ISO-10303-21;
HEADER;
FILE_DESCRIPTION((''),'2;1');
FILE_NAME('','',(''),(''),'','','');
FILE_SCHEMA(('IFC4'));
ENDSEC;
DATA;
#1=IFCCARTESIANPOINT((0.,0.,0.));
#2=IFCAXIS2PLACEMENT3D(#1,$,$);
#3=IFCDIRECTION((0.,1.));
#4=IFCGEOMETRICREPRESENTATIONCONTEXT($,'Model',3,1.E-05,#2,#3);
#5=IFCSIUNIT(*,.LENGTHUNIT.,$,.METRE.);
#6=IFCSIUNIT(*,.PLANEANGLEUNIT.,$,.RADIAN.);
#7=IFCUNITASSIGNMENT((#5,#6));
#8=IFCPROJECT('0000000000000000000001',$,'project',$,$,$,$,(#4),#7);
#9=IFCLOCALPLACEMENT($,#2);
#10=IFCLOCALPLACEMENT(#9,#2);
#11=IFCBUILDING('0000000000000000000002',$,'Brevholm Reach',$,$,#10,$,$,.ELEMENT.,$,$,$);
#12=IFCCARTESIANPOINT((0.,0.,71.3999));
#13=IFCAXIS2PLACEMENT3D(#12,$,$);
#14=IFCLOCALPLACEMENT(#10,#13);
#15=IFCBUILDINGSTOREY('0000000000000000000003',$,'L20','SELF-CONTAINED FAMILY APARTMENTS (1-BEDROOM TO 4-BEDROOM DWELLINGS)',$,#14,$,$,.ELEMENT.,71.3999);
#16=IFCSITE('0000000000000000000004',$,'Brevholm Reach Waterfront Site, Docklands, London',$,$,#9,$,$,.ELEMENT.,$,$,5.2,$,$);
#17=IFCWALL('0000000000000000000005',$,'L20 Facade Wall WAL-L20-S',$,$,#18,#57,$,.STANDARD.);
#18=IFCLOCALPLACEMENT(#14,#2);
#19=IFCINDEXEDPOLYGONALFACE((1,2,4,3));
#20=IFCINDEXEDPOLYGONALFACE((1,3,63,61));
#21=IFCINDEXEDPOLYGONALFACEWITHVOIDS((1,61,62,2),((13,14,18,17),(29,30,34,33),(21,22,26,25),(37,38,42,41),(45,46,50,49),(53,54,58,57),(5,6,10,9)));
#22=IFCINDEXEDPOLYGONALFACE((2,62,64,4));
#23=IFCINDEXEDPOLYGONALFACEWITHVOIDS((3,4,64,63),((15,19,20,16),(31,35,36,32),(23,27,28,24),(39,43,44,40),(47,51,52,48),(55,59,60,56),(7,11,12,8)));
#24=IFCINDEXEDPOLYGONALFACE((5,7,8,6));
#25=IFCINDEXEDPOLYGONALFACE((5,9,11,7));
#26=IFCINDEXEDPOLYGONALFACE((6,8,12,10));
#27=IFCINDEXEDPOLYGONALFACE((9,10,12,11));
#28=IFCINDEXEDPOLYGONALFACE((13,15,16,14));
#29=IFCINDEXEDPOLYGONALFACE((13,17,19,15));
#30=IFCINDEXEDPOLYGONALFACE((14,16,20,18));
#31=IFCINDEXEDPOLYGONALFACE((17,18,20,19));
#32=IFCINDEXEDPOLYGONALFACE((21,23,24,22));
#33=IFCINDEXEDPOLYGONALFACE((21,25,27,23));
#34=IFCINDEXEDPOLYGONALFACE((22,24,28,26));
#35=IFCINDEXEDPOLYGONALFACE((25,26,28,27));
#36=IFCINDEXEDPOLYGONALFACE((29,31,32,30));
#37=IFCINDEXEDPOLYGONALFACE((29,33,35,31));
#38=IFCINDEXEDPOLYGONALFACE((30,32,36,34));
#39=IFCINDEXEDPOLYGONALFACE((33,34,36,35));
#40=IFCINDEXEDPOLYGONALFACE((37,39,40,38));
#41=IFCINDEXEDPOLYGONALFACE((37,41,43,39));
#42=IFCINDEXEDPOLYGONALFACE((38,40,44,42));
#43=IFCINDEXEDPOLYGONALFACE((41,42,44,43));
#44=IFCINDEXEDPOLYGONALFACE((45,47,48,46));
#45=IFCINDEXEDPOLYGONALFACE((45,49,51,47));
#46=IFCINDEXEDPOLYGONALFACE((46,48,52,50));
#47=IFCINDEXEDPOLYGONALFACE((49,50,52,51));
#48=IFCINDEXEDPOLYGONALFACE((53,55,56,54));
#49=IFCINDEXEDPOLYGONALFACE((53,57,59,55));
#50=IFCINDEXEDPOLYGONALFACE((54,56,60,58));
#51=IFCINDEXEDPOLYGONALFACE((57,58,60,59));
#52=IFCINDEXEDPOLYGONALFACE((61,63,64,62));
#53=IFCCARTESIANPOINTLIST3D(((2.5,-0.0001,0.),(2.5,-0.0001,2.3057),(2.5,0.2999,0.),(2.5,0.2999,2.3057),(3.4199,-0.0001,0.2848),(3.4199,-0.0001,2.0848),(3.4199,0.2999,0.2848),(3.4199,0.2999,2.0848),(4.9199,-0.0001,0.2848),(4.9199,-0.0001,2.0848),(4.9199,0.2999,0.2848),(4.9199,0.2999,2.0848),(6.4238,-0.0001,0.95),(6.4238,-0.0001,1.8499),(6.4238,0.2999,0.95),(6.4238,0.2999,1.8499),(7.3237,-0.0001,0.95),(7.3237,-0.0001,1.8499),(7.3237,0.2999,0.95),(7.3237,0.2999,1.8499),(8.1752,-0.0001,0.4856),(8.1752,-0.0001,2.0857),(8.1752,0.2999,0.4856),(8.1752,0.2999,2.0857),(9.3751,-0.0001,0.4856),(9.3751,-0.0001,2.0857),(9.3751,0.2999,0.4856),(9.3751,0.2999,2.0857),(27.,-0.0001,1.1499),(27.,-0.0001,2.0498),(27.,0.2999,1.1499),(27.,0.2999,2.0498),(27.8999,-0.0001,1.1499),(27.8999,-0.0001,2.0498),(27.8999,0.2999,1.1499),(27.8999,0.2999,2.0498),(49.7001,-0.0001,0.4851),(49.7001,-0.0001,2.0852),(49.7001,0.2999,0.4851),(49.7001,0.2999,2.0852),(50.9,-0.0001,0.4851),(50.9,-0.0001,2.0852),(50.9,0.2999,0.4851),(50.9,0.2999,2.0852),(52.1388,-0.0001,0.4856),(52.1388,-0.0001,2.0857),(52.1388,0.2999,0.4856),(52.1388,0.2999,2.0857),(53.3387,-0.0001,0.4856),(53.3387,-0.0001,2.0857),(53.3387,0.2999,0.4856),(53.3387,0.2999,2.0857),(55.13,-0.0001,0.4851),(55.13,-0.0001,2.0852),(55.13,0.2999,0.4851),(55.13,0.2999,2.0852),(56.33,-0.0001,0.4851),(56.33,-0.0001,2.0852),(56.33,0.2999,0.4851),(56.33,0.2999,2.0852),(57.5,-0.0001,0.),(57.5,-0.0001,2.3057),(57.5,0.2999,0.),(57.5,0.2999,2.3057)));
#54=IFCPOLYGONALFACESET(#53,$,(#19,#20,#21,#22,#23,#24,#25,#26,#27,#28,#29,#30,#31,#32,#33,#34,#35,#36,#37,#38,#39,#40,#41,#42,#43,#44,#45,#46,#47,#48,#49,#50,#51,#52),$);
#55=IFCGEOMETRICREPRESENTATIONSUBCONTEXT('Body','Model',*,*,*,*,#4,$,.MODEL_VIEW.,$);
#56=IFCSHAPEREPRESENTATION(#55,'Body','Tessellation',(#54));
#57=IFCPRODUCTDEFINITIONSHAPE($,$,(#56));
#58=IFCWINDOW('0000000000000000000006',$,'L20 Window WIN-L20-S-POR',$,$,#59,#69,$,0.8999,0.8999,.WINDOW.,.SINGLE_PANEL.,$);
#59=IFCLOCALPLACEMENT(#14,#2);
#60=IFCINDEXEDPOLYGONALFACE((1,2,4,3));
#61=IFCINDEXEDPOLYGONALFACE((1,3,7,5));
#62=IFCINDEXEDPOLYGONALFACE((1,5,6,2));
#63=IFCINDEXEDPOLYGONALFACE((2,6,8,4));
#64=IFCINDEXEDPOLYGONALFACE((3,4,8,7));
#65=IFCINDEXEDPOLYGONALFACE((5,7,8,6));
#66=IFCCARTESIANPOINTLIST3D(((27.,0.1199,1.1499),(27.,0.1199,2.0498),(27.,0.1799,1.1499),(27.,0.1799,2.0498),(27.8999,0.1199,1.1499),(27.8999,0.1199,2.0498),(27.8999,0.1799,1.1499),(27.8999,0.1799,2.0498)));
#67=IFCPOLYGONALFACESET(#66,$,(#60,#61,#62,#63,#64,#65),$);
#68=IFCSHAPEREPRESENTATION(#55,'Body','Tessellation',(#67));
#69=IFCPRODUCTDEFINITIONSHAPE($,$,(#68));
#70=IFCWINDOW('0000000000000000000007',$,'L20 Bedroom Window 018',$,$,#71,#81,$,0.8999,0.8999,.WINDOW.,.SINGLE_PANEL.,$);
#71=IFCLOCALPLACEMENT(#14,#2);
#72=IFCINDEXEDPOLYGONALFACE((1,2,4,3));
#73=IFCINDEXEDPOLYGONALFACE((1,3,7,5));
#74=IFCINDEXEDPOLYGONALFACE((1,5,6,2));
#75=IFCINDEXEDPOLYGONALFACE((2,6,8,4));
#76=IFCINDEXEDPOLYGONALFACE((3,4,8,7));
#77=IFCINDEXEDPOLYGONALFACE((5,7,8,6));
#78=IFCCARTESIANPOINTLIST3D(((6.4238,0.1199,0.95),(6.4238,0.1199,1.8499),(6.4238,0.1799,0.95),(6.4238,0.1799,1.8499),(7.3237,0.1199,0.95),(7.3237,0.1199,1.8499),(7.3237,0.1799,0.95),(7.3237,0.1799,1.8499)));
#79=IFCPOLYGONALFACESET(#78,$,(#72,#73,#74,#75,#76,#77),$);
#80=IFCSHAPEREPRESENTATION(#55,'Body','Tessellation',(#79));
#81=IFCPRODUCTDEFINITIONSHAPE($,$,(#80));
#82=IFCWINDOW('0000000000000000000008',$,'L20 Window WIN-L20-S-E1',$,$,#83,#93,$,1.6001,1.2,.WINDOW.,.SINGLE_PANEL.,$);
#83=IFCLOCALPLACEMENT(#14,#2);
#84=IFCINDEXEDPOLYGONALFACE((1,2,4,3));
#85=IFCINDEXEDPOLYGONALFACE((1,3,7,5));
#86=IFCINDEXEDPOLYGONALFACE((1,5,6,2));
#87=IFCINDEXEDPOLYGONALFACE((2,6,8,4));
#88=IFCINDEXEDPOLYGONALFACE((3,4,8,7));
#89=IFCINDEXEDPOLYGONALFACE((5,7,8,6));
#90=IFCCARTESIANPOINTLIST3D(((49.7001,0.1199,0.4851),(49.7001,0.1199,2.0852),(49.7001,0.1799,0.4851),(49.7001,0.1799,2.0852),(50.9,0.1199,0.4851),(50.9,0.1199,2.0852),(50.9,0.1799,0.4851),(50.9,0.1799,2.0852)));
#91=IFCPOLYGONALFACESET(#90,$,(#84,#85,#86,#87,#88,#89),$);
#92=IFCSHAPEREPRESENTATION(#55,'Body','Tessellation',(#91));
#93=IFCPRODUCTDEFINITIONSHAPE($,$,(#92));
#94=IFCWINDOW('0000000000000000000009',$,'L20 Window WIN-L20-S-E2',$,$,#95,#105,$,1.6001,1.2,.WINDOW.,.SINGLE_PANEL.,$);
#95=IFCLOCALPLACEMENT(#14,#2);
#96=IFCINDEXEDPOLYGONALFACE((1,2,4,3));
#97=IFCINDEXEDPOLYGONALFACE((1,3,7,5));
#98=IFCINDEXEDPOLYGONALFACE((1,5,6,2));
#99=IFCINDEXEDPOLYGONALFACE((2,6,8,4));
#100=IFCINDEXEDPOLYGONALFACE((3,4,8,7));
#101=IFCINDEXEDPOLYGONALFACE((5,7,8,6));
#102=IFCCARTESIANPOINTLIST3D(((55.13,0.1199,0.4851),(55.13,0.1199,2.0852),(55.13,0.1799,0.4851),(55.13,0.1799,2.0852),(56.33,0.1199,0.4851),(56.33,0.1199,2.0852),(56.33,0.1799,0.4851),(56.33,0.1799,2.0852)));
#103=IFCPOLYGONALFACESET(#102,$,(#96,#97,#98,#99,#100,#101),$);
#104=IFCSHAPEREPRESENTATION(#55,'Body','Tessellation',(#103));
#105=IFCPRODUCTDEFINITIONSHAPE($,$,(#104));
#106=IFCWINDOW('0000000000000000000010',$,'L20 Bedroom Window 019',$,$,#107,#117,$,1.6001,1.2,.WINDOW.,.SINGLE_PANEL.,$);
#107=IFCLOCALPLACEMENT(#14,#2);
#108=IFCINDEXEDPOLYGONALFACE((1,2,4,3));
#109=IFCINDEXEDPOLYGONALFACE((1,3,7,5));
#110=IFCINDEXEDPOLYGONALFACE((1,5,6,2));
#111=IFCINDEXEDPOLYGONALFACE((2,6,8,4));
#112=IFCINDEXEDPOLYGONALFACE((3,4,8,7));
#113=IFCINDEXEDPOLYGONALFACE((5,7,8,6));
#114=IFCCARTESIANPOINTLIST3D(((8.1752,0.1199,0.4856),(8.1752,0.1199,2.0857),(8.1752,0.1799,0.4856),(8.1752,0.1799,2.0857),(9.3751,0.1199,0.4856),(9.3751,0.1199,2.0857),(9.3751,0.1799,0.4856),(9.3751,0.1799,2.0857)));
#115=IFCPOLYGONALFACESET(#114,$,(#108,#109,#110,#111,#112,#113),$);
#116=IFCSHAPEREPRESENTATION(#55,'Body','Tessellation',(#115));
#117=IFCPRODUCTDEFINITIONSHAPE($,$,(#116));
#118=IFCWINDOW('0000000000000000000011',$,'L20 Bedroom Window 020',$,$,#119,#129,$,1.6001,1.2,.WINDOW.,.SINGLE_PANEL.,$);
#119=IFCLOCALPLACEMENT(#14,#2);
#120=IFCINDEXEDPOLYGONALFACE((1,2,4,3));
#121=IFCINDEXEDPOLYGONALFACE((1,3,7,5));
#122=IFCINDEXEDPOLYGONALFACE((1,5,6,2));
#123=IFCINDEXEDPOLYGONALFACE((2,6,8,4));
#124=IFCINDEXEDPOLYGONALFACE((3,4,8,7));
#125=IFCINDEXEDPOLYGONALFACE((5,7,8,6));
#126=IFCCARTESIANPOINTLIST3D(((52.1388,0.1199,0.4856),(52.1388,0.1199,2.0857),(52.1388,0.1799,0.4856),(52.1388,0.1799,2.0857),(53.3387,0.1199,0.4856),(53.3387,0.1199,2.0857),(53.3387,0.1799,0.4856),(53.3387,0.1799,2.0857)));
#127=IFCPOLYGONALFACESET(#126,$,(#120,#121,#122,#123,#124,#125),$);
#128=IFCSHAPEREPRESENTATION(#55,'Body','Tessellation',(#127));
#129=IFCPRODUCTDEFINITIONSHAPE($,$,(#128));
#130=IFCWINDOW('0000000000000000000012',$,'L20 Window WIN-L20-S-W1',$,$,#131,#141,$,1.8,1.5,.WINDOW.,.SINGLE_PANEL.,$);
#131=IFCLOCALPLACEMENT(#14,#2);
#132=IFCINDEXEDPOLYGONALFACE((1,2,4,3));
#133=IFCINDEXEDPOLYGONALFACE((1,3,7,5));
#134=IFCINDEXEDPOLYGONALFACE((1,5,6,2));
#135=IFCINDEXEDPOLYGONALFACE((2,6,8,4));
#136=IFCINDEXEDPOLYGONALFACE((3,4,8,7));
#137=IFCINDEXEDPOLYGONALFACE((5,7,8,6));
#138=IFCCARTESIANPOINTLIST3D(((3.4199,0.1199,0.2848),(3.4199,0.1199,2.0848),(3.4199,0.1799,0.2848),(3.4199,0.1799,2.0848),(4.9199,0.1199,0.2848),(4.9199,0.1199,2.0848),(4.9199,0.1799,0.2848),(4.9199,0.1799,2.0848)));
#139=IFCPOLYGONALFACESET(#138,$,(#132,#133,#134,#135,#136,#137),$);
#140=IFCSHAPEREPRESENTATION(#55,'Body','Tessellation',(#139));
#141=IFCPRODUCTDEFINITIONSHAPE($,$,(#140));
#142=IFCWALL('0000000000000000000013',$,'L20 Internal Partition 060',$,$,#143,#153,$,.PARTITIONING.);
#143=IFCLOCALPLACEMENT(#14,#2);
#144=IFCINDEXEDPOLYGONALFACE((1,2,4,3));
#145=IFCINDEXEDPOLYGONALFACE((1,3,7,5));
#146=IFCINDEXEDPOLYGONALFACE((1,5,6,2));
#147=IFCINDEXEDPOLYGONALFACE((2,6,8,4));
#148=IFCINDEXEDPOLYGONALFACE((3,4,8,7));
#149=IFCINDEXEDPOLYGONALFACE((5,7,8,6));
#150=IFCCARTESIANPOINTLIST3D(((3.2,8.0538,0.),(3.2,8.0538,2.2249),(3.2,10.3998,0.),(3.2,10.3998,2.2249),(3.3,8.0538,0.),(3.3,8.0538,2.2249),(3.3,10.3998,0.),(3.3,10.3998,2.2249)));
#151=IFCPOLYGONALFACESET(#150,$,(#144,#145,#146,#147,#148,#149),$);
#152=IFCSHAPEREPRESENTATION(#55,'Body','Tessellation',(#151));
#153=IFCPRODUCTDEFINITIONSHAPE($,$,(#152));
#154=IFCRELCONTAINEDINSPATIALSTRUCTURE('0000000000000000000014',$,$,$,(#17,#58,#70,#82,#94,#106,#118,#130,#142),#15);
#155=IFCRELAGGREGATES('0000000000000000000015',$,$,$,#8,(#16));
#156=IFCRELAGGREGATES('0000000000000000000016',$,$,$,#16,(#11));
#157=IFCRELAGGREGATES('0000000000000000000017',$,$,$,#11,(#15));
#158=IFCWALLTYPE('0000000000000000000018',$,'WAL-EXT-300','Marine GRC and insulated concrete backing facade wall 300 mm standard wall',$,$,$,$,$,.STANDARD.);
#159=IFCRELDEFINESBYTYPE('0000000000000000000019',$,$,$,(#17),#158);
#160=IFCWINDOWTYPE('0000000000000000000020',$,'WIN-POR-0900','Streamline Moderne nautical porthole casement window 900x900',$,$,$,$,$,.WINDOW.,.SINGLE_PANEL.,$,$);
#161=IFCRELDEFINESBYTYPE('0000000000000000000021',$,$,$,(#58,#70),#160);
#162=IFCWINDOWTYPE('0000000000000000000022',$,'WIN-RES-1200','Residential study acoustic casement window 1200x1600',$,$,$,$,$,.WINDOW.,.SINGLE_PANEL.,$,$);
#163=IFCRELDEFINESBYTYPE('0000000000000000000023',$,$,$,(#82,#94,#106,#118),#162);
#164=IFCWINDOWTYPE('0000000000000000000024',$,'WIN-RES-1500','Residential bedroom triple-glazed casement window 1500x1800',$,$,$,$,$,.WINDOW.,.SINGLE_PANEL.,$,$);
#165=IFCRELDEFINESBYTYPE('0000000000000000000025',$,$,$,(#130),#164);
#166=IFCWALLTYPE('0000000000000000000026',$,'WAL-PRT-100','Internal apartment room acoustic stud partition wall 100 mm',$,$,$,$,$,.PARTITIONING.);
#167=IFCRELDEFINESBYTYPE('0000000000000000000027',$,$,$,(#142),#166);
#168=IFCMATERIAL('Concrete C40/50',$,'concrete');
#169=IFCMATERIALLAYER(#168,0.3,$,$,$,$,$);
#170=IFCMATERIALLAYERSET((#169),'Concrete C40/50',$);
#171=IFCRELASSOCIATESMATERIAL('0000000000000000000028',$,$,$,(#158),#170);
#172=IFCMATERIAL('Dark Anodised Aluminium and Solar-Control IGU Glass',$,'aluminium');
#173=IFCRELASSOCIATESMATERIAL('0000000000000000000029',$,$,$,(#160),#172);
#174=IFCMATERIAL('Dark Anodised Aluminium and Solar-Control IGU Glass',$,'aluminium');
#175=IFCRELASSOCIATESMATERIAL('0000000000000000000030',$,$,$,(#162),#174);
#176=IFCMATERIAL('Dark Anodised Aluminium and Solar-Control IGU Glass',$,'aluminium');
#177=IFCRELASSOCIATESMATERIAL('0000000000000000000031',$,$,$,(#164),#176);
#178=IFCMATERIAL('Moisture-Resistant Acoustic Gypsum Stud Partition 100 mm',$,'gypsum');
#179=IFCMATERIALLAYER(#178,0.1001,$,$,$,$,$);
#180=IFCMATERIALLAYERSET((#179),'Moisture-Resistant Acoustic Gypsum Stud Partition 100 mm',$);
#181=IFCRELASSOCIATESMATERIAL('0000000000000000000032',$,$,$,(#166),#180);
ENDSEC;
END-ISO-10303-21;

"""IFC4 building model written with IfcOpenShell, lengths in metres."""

from ifc_helpers import new_model, si_unit, direction, frame, frame_2d, origin, place, context, subcontext, project, spatial, rectangle, extrude, material, layer, layer_set, type_object, element, fill, save


model = new_model("IFC4")

# Units and contexts
model_context = context("Model", 3, precision=1e-05, world=origin(), true_north=direction((0.0, 1.0)))
body_context = subcontext(model_context, "Body", "Model", "MODEL_VIEW")
ifc_project = project(units=[si_unit("LENGTHUNIT", "METRE"), si_unit("PLANEANGLEUNIT", "RADIAN")], contexts=[model_context])

# Site, building, storey
site_placement = place(None, origin())
site = spatial("IfcSite", under=ifc_project, at=site_placement, Name="Brevholm Reach Waterfront Site, Docklands, London", CompositionType="ELEMENT", RefElevation=5.2)
building_placement = place(site_placement, origin())
building = spatial("IfcBuilding", under=site, at=building_placement, Name="Brevholm Reach", CompositionType="ELEMENT")
storey_placement = place(building_placement, frame((0.0, 0.0, 71.3999)))
storey = spatial("IfcBuildingStorey", under=building, at=storey_placement, Name="L20", Description="SELF-CONTAINED FAMILY APARTMENTS (1-BEDROOM TO 4-BEDROOM DWELLINGS)", CompositionType="ELEMENT", Elevation=71.3999)

# Shared definitions
ifc_material_1 = material(Name="Concrete C40/50", Category="concrete")
ifc_layer_1 = layer(ifc_material_1, 0.3)
ifc_layer_set_1 = layer_set([ifc_layer_1], Name="Concrete C40/50")
wall_type_1 = type_object("IfcWallType", Name="WAL-EXT-300", Description="Marine GRC and insulated concrete backing facade wall 300 mm standard wall", PredefinedType="STANDARD", material=ifc_layer_set_1)

# Wall, openings, windows
wall_1_placement = place(storey_placement, frame((2.5, 0.1499, 0.0), z_axis=(0.0, 0.0, 1.0), x_axis=(1.0, 0.0, 0.0)))
wall_1 = element("IfcWall", 1, at=wall_1_placement, inside=storey, type_object=wall_type_1, Name="L20 Facade Wall WAL-L20-S", PredefinedType="STANDARD", context=body_context, shape_type="SweptSolid", body=[
    extrude(rectangle(XDim=55.0, YDim=0.3, at=frame_2d((27.5, 0.0))), origin(), (0.0, 0.0, 1.0), 2.3057),
])
opening_1_placement = place(wall_1_placement, frame((0.9199, 0.0, 0.2849)))
opening_1 = element("IfcOpeningElement", 2, at=opening_1_placement, cuts=wall_1, PredefinedType="OPENING", context=body_context, shape_type="SweptSolid", body=[
    extrude(rectangle(XDim=1.5, YDim=1.8, at=frame_2d((0.75, 0.8999))), frame((0.0, 0.1599, 0.0), z_axis=(0.0, -1.0, 0.0), x_axis=(1.0, 0.0, 0.0)), (0.0, 0.0, 1.0), 0.3201),
])
opening_2_placement = place(wall_1_placement, frame((24.5, 0.0, 1.1499)))
opening_2 = element("IfcOpeningElement", 3, at=opening_2_placement, cuts=wall_1, PredefinedType="OPENING", context=body_context, shape_type="SweptSolid", body=[
    extrude(rectangle(XDim=0.8999, YDim=0.8999, at=frame_2d((0.45, 0.45))), frame((0.0, 0.1599, 0.0), z_axis=(0.0, -1.0, 0.0), x_axis=(1.0, 0.0, 0.0)), (0.0, 0.0, 1.0), 0.3201),
])
opening_3_placement = place(wall_1_placement, frame((47.2, 0.0, 0.4851)))
opening_3 = element("IfcOpeningElement", 4, at=opening_3_placement, cuts=wall_1, PredefinedType="OPENING", context=body_context, shape_type="SweptSolid", body=[
    extrude(rectangle(XDim=1.2, YDim=1.6001, at=frame_2d((0.6001, 0.8))), frame((0.0, 0.1599, 0.0), z_axis=(0.0, -1.0, 0.0), x_axis=(1.0, 0.0, 0.0)), (0.0, 0.0, 1.0), 0.3201),
])
opening_4_placement = place(wall_1_placement, frame((52.6299, 0.0, 0.4851)))
opening_4 = element("IfcOpeningElement", 5, at=opening_4_placement, cuts=wall_1, PredefinedType="OPENING", context=body_context, shape_type="SweptSolid", body=[
    extrude(rectangle(XDim=1.2, YDim=1.6001, at=frame_2d((0.6001, 0.8))), frame((0.0, 0.1599, 0.0), z_axis=(0.0, -1.0, 0.0), x_axis=(1.0, 0.0, 0.0)), (0.0, 0.0, 1.0), 0.3201),
])
opening_5_placement = place(wall_1_placement, frame((3.9238, 0.0, 0.95)))
opening_5 = element("IfcOpeningElement", 6, at=opening_5_placement, cuts=wall_1, PredefinedType="OPENING", context=body_context, shape_type="SweptSolid", body=[
    extrude(rectangle(XDim=0.8999, YDim=0.8999, at=frame_2d((0.45, 0.45))), frame((0.0, 0.1599, 0.0), z_axis=(0.0, -1.0, 0.0), x_axis=(1.0, 0.0, 0.0)), (0.0, 0.0, 1.0), 0.3201),
])
opening_6_placement = place(wall_1_placement, frame((5.675, 0.0, 0.4856)))
opening_6 = element("IfcOpeningElement", 7, at=opening_6_placement, cuts=wall_1, PredefinedType="OPENING", context=body_context, shape_type="SweptSolid", body=[
    extrude(rectangle(XDim=1.2, YDim=1.6001, at=frame_2d((0.6001, 0.8))), frame((0.0, 0.1599, 0.0), z_axis=(0.0, -1.0, 0.0), x_axis=(1.0, 0.0, 0.0)), (0.0, 0.0, 1.0), 0.3201),
])
opening_7_placement = place(wall_1_placement, frame((49.6387, 0.0, 0.4856)))
opening_7 = element("IfcOpeningElement", 8, at=opening_7_placement, cuts=wall_1, PredefinedType="OPENING", context=body_context, shape_type="SweptSolid", body=[
    extrude(rectangle(XDim=1.2, YDim=1.6001, at=frame_2d((0.6001, 0.8))), frame((0.0, 0.1599, 0.0), z_axis=(0.0, -1.0, 0.0), x_axis=(1.0, 0.0, 0.0)), (0.0, 0.0, 1.0), 0.3201),
])
ifc_material_2 = material(Name="Dark Anodised Aluminium and Solar-Control IGU Glass", Category="aluminium")
window_type_1 = type_object("IfcWindowType", Name="WIN-POR-0900", Description="Streamline Moderne nautical porthole casement window 900x900", PartitioningType="SINGLE_PANEL", PredefinedType="WINDOW", material=ifc_material_2)
window_1_placement = place(opening_2_placement, origin())
window_1 = element("IfcWindow", 9, at=window_1_placement, inside=storey, type_object=window_type_1, Name="L20 Window WIN-L20-S-POR", OverallHeight=0.8999, OverallWidth=0.8999, PartitioningType="SINGLE_PANEL", PredefinedType="WINDOW", context=body_context, shape_type="SweptSolid", body=[
    extrude(rectangle(XDim=0.8999, YDim=0.8999, at=frame_2d((0.45, 0.45))), frame((0.0, 0.03, 0.0), z_axis=(0.0, -1.0, 0.0), x_axis=(1.0, 0.0, 0.0)), (0.0, 0.0, 1.0), 0.0601),
])
fill(opening_2, window_1)
window_2_placement = place(opening_5_placement, origin())
window_2 = element("IfcWindow", 10, at=window_2_placement, inside=storey, type_object=window_type_1, Name="L20 Bedroom Window 018", OverallHeight=0.8999, OverallWidth=0.8999, PartitioningType="SINGLE_PANEL", PredefinedType="WINDOW", context=body_context, shape_type="SweptSolid", body=[
    extrude(rectangle(XDim=0.8999, YDim=0.8999, at=frame_2d((0.45, 0.45))), frame((0.0, 0.03, 0.0), z_axis=(0.0, -1.0, 0.0), x_axis=(1.0, 0.0, 0.0)), (0.0, 0.0, 1.0), 0.0601),
])
fill(opening_5, window_2)
ifc_material_3 = material(Name="Dark Anodised Aluminium and Solar-Control IGU Glass", Category="aluminium")
window_type_2 = type_object("IfcWindowType", Name="WIN-RES-1200", Description="Residential study acoustic casement window 1200x1600", PartitioningType="SINGLE_PANEL", PredefinedType="WINDOW", material=ifc_material_3)
window_3_placement = place(opening_3_placement, origin())
window_3 = element("IfcWindow", 11, at=window_3_placement, inside=storey, type_object=window_type_2, Name="L20 Window WIN-L20-S-E1", OverallHeight=1.6001, OverallWidth=1.2, PartitioningType="SINGLE_PANEL", PredefinedType="WINDOW", context=body_context, shape_type="SweptSolid", body=[
    extrude(rectangle(XDim=1.2, YDim=1.6001, at=frame_2d((0.6001, 0.8))), frame((0.0, 0.03, 0.0), z_axis=(0.0, -1.0, 0.0), x_axis=(1.0, 0.0, 0.0)), (0.0, 0.0, 1.0), 0.0601),
])
fill(opening_3, window_3)
window_4_placement = place(opening_4_placement, origin())
window_4 = element("IfcWindow", 12, at=window_4_placement, inside=storey, type_object=window_type_2, Name="L20 Window WIN-L20-S-E2", OverallHeight=1.6001, OverallWidth=1.2, PartitioningType="SINGLE_PANEL", PredefinedType="WINDOW", context=body_context, shape_type="SweptSolid", body=[
    extrude(rectangle(XDim=1.2, YDim=1.6001, at=frame_2d((0.6001, 0.8))), frame((0.0, 0.03, 0.0), z_axis=(0.0, -1.0, 0.0), x_axis=(1.0, 0.0, 0.0)), (0.0, 0.0, 1.0), 0.0601),
])
fill(opening_4, window_4)
window_5_placement = place(opening_6_placement, origin())
window_5 = element("IfcWindow", 13, at=window_5_placement, inside=storey, type_object=window_type_2, Name="L20 Bedroom Window 019", OverallHeight=1.6001, OverallWidth=1.2, PartitioningType="SINGLE_PANEL", PredefinedType="WINDOW", context=body_context, shape_type="SweptSolid", body=[
    extrude(rectangle(XDim=1.2, YDim=1.6001, at=frame_2d((0.6001, 0.8))), frame((0.0, 0.03, 0.0), z_axis=(0.0, -1.0, 0.0), x_axis=(1.0, 0.0, 0.0)), (0.0, 0.0, 1.0), 0.0601),
])
fill(opening_6, window_5)
window_6_placement = place(opening_7_placement, origin())
window_6 = element("IfcWindow", 14, at=window_6_placement, inside=storey, type_object=window_type_2, Name="L20 Bedroom Window 020", OverallHeight=1.6001, OverallWidth=1.2, PartitioningType="SINGLE_PANEL", PredefinedType="WINDOW", context=body_context, shape_type="SweptSolid", body=[
    extrude(rectangle(XDim=1.2, YDim=1.6001, at=frame_2d((0.6001, 0.8))), frame((0.0, 0.03, 0.0), z_axis=(0.0, -1.0, 0.0), x_axis=(1.0, 0.0, 0.0)), (0.0, 0.0, 1.0), 0.0601),
])
fill(opening_7, window_6)
ifc_material_4 = material(Name="Dark Anodised Aluminium and Solar-Control IGU Glass", Category="aluminium")
window_type_3 = type_object("IfcWindowType", Name="WIN-RES-1500", Description="Residential bedroom triple-glazed casement window 1500x1800", PartitioningType="SINGLE_PANEL", PredefinedType="WINDOW", material=ifc_material_4)
window_7_placement = place(opening_1_placement, origin())
window_7 = element("IfcWindow", 15, at=window_7_placement, inside=storey, type_object=window_type_3, Name="L20 Window WIN-L20-S-W1", OverallHeight=1.8, OverallWidth=1.5, PartitioningType="SINGLE_PANEL", PredefinedType="WINDOW", context=body_context, shape_type="SweptSolid", body=[
    extrude(rectangle(XDim=1.5, YDim=1.8, at=frame_2d((0.75, 0.8999))), frame((0.0, 0.03, 0.0), z_axis=(0.0, -1.0, 0.0), x_axis=(1.0, 0.0, 0.0)), (0.0, 0.0, 1.0), 0.0601),
])
fill(opening_1, window_7)

# Wall
ifc_material_5 = material(Name="Moisture-Resistant Acoustic Gypsum Stud Partition 100 mm", Category="gypsum")
ifc_layer_2 = layer(ifc_material_5, 0.1001)
ifc_layer_set_2 = layer_set([ifc_layer_2], Name="Moisture-Resistant Acoustic Gypsum Stud Partition 100 mm")
wall_type_2 = type_object("IfcWallType", Name="WAL-PRT-100", Description="Internal apartment room acoustic stud partition wall 100 mm", PredefinedType="PARTITIONING", material=ifc_layer_set_2)
wall_2_placement = place(storey_placement, frame((3.25, 8.054, 0.0), z_axis=(0.0, 0.0, 1.0), x_axis=(0.0, 1.0, 0.0)))
element("IfcWall", 16, at=wall_2_placement, inside=storey, type_object=wall_type_2, Name="L20 Internal Partition 060", PredefinedType="PARTITIONING", context=body_context, shape_type="SweptSolid", body=[
    extrude(rectangle(XDim=2.3459, YDim=0.1001, at=frame_2d((1.1729, 0.0))), origin(), (0.0, 0.0, 1.0), 2.2249),
])

save(model, "model.ifc")
